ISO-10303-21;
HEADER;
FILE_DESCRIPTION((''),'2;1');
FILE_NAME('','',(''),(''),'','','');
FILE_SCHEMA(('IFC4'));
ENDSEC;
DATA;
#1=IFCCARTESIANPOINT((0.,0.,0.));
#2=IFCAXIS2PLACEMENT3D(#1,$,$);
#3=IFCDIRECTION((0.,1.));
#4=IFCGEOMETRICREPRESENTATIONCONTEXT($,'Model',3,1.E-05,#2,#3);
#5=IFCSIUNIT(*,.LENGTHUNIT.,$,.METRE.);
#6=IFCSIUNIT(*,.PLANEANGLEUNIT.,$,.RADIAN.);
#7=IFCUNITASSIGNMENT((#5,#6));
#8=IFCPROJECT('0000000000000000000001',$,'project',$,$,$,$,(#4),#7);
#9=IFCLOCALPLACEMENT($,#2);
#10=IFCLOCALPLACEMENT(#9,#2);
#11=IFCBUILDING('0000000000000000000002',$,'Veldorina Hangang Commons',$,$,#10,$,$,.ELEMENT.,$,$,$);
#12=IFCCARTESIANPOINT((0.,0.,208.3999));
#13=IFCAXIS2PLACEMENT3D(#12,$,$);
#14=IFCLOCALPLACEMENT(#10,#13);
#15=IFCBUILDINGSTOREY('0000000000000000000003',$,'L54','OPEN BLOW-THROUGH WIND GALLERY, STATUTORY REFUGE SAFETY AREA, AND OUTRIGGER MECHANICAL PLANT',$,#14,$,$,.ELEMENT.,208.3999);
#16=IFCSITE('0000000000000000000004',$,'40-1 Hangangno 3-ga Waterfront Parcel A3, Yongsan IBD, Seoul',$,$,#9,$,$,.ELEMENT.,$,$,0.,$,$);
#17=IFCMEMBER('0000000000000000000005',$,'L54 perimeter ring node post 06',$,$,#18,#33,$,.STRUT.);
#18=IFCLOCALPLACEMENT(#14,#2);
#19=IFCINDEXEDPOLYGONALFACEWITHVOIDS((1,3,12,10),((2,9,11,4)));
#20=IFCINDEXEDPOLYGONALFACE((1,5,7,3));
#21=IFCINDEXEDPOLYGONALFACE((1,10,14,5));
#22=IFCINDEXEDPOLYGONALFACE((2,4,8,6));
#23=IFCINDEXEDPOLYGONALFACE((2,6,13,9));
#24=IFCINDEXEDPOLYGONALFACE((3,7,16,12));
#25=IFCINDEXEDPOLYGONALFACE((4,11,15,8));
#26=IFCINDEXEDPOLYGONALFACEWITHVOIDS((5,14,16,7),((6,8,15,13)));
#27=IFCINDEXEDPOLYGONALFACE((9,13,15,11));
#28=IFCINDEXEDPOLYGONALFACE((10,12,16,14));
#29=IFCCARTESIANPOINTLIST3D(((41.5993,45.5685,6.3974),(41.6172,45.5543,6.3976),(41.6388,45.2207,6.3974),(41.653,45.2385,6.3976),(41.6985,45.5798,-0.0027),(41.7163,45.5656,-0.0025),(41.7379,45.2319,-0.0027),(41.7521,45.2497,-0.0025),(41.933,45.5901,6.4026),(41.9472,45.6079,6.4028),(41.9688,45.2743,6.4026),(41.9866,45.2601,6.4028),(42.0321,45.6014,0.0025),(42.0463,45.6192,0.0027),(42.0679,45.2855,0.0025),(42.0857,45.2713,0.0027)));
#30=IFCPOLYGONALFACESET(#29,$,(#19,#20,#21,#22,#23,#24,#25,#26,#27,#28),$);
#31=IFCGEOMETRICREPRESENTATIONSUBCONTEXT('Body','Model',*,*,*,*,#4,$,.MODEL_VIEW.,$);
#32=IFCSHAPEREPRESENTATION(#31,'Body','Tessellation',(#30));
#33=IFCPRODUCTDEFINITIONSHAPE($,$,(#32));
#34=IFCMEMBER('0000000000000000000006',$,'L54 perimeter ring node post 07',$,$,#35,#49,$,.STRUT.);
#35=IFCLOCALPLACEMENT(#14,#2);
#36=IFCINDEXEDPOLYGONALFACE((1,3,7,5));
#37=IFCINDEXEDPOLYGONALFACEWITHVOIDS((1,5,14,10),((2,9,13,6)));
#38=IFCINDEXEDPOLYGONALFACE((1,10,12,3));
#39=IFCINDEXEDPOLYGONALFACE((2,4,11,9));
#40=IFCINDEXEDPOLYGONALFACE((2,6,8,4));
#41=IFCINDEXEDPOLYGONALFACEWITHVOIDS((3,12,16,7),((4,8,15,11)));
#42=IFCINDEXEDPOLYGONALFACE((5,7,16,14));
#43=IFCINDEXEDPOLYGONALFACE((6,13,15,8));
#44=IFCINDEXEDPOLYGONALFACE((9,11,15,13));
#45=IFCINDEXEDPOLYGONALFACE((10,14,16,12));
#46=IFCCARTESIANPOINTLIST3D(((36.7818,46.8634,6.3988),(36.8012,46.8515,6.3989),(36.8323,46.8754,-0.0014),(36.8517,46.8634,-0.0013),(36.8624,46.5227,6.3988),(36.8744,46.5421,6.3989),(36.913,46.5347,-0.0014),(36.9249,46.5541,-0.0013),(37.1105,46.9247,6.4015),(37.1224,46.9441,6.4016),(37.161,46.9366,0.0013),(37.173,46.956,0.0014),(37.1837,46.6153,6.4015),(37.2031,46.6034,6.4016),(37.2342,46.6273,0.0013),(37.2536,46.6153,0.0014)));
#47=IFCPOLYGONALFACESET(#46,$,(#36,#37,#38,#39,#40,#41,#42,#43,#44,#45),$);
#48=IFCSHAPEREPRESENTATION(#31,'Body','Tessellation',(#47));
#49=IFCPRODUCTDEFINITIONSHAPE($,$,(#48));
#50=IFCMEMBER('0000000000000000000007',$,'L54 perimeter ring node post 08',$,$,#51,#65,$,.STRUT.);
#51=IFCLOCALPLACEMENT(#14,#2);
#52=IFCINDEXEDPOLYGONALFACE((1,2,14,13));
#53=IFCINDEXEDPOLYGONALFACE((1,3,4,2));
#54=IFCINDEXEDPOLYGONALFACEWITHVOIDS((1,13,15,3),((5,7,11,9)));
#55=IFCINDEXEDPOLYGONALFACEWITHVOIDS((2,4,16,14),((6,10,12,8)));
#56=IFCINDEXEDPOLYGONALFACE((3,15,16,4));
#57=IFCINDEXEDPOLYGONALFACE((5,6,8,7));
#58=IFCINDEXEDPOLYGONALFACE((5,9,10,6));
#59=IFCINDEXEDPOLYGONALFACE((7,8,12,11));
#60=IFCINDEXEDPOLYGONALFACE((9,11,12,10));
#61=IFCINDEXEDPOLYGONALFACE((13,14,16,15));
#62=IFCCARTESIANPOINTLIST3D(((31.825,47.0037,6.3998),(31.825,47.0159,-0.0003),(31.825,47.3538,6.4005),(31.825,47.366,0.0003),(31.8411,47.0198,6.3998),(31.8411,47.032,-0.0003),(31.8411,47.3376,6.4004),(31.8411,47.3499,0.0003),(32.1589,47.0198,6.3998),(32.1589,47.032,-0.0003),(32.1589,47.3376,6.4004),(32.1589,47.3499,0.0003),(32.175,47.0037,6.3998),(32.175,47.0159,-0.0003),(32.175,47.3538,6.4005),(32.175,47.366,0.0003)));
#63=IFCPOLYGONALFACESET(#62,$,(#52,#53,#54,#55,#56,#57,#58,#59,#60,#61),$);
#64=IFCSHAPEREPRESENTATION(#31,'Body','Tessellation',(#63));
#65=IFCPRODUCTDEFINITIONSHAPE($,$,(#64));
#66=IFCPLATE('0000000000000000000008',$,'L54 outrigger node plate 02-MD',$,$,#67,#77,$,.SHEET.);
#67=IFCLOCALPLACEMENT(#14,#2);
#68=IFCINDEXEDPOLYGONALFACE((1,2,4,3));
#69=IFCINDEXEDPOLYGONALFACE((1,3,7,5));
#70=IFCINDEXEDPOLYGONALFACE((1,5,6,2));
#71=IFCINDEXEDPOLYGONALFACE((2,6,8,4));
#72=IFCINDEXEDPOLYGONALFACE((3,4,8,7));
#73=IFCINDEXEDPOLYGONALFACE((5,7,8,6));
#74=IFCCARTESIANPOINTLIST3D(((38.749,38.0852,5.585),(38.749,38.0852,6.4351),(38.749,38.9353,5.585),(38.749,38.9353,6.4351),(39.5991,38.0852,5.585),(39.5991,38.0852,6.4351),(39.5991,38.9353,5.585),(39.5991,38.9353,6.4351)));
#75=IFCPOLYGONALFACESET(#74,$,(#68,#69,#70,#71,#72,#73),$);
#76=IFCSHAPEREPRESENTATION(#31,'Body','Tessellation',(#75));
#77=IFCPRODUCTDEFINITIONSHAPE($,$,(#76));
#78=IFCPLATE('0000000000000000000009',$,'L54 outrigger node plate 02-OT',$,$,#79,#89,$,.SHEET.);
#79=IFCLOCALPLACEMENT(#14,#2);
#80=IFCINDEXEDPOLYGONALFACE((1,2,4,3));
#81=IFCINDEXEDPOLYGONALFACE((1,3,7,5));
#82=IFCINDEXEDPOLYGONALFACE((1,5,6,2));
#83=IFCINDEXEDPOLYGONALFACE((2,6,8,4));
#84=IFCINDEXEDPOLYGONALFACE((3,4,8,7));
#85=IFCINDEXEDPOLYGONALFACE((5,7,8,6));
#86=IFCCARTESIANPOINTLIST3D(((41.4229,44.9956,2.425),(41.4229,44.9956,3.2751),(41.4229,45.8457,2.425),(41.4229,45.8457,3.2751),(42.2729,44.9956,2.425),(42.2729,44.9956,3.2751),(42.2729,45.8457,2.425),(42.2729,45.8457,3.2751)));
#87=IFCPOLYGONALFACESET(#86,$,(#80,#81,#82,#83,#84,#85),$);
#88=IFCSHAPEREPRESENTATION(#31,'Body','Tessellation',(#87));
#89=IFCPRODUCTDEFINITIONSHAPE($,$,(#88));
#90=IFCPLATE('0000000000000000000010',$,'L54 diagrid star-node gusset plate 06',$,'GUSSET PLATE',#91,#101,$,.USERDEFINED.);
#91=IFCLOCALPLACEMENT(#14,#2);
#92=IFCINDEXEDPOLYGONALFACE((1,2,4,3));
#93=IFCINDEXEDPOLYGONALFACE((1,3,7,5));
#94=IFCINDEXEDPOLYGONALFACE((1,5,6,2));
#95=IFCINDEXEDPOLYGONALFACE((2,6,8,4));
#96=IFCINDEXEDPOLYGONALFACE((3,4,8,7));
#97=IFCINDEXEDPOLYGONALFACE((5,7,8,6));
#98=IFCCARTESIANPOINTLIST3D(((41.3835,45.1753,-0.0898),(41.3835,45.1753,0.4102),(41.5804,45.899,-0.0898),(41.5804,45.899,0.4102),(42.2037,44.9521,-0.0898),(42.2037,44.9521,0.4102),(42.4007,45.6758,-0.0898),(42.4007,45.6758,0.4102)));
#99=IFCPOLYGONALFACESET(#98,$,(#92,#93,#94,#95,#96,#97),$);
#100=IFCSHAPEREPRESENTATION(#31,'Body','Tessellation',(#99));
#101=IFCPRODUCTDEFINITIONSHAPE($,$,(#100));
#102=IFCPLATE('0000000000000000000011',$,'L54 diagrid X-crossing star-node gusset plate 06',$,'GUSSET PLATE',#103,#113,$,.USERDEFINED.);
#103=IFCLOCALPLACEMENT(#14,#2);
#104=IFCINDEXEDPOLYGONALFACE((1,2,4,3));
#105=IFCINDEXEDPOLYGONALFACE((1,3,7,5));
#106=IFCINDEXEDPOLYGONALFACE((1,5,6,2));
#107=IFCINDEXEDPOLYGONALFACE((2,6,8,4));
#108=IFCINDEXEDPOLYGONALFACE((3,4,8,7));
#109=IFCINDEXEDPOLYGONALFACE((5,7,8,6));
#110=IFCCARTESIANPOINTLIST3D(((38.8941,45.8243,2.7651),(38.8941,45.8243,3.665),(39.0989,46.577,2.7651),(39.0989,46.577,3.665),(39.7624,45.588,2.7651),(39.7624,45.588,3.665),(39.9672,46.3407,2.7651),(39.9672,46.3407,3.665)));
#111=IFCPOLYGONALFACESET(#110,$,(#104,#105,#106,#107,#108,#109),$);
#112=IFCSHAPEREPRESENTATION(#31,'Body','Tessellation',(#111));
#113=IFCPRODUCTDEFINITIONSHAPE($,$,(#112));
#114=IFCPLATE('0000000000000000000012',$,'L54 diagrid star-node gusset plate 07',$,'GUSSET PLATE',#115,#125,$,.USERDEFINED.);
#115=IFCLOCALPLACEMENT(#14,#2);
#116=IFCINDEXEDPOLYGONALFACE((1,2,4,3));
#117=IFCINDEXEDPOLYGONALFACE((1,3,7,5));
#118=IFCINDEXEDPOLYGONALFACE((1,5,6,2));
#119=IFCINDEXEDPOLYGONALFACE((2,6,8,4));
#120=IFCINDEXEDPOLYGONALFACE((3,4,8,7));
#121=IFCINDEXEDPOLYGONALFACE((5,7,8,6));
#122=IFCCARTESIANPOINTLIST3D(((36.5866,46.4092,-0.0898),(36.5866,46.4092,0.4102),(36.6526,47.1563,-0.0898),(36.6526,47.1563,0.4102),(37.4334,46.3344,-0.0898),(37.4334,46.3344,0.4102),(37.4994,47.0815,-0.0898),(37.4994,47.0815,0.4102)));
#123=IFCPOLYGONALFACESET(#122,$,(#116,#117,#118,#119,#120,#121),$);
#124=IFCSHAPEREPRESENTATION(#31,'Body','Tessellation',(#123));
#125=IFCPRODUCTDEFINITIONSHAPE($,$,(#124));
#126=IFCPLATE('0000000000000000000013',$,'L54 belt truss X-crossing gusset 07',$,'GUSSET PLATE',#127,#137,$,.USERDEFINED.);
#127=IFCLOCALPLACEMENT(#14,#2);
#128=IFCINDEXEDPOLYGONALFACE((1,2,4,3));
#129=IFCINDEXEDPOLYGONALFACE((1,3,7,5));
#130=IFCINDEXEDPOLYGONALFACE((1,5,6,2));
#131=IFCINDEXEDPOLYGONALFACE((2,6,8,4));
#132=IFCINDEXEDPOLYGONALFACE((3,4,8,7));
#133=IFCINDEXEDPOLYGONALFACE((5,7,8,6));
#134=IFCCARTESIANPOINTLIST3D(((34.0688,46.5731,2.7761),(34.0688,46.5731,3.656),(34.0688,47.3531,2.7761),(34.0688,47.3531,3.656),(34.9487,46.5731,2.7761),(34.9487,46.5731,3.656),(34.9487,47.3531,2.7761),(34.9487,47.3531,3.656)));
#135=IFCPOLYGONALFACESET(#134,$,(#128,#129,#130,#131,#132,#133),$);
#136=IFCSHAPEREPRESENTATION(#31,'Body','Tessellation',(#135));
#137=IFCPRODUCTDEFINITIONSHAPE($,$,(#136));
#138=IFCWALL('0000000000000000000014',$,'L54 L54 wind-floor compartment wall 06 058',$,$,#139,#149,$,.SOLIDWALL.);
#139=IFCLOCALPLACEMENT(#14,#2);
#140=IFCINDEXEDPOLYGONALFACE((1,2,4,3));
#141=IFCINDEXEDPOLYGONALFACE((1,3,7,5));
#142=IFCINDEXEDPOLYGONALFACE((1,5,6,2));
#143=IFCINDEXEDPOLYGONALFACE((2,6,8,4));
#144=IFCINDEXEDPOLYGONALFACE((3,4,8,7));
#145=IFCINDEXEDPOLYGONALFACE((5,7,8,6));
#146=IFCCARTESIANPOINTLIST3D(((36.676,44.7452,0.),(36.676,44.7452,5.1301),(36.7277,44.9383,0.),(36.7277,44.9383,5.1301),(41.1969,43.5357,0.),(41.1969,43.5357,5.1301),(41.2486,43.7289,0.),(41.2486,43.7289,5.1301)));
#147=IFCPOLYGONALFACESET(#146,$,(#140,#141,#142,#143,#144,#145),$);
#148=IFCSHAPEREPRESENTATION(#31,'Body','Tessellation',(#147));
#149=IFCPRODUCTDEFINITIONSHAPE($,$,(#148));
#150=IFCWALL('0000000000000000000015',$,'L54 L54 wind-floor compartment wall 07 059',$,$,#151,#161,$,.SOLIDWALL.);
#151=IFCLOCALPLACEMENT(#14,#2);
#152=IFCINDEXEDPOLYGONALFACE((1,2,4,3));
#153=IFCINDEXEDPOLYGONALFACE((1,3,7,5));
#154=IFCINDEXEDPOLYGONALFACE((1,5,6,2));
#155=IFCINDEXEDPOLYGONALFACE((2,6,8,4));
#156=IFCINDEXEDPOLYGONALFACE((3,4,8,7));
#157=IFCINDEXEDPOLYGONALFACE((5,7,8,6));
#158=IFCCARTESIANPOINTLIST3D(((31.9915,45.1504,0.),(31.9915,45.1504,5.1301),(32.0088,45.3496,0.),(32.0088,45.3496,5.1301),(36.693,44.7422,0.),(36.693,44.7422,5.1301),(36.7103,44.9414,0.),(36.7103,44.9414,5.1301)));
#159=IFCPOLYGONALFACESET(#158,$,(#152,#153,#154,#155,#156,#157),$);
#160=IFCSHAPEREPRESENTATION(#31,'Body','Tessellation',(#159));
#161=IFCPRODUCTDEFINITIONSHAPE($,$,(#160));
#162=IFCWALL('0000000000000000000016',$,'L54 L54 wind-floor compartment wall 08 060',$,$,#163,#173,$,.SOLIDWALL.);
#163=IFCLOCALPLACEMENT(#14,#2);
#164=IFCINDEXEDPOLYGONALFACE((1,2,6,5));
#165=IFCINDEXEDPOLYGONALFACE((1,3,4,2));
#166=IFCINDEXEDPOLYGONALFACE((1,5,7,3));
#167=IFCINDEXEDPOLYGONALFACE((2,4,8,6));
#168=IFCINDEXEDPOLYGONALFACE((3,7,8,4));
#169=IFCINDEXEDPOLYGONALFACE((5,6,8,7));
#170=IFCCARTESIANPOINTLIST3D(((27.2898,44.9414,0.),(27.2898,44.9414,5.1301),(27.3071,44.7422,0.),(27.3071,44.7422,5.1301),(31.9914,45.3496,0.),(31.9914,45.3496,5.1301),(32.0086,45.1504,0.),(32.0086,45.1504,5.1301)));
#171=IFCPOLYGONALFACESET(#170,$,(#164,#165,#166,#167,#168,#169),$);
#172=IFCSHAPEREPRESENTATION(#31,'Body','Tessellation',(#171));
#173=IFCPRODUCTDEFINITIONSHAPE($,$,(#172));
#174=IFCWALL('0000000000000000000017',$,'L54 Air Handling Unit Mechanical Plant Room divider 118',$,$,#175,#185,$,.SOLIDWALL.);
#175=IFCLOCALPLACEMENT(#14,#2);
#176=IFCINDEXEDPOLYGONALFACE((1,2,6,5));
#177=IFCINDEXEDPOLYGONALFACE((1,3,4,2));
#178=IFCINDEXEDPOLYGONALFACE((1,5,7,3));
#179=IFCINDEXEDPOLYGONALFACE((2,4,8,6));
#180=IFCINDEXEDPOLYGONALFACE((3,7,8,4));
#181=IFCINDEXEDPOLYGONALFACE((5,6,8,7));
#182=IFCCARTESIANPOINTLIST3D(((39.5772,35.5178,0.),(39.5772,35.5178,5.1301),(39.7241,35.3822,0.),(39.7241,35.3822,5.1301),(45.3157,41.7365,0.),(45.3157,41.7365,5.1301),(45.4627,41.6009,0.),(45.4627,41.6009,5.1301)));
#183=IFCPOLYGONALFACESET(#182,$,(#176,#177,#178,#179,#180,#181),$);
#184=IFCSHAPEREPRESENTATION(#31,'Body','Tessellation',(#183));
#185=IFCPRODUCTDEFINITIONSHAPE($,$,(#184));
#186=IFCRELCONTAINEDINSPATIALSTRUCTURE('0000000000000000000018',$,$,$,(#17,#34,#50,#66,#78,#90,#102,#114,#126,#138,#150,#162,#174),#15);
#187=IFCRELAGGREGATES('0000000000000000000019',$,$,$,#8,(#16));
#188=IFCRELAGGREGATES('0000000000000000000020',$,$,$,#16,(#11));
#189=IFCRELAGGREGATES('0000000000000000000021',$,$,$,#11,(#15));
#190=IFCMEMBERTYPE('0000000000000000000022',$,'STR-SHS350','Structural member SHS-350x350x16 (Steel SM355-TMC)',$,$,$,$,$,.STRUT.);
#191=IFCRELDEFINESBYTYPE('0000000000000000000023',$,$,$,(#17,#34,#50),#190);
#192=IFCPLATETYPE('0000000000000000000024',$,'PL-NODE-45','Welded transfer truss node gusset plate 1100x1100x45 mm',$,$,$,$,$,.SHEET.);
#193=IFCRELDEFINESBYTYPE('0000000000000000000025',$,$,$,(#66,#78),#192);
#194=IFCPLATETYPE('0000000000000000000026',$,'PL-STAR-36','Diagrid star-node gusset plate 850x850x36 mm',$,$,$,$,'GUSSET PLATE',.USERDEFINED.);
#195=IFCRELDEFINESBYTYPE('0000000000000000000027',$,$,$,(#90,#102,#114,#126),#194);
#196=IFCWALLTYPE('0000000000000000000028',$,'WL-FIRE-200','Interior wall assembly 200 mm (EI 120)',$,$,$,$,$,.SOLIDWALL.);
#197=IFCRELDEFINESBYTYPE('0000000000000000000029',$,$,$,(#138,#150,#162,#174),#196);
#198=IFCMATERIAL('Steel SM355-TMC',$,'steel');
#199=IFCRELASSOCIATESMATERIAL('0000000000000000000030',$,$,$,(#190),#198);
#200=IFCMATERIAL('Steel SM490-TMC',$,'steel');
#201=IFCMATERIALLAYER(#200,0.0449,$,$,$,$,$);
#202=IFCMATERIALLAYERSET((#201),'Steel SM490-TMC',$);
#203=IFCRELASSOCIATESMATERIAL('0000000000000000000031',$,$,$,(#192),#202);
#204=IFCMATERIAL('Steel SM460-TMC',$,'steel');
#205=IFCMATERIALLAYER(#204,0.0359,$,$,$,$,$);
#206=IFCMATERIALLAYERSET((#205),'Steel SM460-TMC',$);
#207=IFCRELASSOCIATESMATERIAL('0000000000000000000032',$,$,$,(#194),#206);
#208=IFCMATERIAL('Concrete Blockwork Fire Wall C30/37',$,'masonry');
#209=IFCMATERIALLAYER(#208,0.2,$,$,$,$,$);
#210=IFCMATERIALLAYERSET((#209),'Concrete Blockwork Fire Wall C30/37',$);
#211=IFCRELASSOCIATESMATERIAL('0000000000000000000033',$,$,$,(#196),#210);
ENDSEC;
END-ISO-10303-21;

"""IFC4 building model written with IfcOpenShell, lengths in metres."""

from ifc_helpers import new_model, si_unit, direction, frame, frame_2d, origin, origin_2d, place, context, subcontext, project, spatial, rectangle, hollow_rectangle, extrude, material, layer, layer_set, material_profile, profile_set, type_object, element, save


model = new_model("IFC4")

# Units and contexts
model_context = context("Model", 3, precision=1e-05, world=origin(), true_north=direction((0.0, 1.0)))
body_context = subcontext(model_context, "Body", "Model", "MODEL_VIEW")
ifc_project = project(units=[si_unit("LENGTHUNIT", "METRE"), si_unit("PLANEANGLEUNIT", "RADIAN")], contexts=[model_context])

# Site, building, storey
site_placement = place(None, origin())
site = spatial("IfcSite", under=ifc_project, at=site_placement, Name="40-1 Hangangno 3-ga Waterfront Parcel A3, Yongsan IBD, Seoul", CompositionType="ELEMENT", RefElevation=0.0)
building_placement = place(site_placement, origin())
building = spatial("IfcBuilding", under=site, at=building_placement, Name="Veldorina Hangang Commons", CompositionType="ELEMENT")
storey_placement = place(building_placement, frame((0.0, 0.0, 208.3999)))
storey = spatial("IfcBuildingStorey", under=building, at=storey_placement, Name="L54", Description="OPEN BLOW-THROUGH WIND GALLERY, STATUTORY REFUGE SAFETY AREA, AND OUTRIGGER MECHANICAL PLANT", CompositionType="ELEMENT", Elevation=208.3999)

# Shared definitions
ifc_material_1 = material(Name="Steel SM460-TMC", Category="steel")
ifc_material_2 = material(Name="Steel SM355-TMC", Category="steel")

# Members
ifc_material_profile_1 = material_profile(ifc_material_2, hollow_rectangle(XDim=0.3501, YDim=0.3501, WallThickness=0.0161, at=origin_2d()), Name="SHS-350x350x16")
ifc_profile_set_1 = profile_set([ifc_material_profile_1], Name="Steel SM355-TMC")
member_type_1 = type_object("IfcMemberType", Name="STR-SHS350", Description="Structural member SHS-350x350x16 (Steel SM355-TMC)", PredefinedType="STRUT", material=ifc_profile_set_1)
member_1_placement = place(storey_placement, frame((41.8921, 45.4255, 0.0), z_axis=(-0.015485, -0.001755, 0.999879), x_axis=(0.11258, -0.993643, 0.0)))
element("IfcMember", 1, at=member_1_placement, inside=storey, type_object=member_type_1, Name="L54 perimeter ring node post 06", PredefinedType="STRUT", context=body_context, shape_type="SweptSolid", body=[
    extrude(hollow_rectangle(XDim=0.3501, YDim=0.3501, WallThickness=0.0161, at=origin_2d()), origin(), (0.0, 0.0, 1.0), 6.4009),
])
member_2_placement = place(storey_placement, frame((37.043, 46.7454, 0.0), z_axis=(-0.007896, -0.001869, 0.999967), x_axis=(0.230349, -0.973108, 0.0)))
element("IfcMember", 2, at=member_2_placement, inside=storey, type_object=member_type_1, Name="L54 perimeter ring node post 07", PredefinedType="STRUT", context=body_context, shape_type="SweptSolid", body=[
    extrude(hollow_rectangle(XDim=0.3501, YDim=0.3501, WallThickness=0.0161, at=origin_2d()), origin(), (0.0, 0.0, 1.0), 6.4004),
])
member_3_placement = place(storey_placement, frame((32.0, 47.1909, 0.0), z_axis=(0.0, -0.001907, 0.999998), x_axis=(1.0, 0.0, 0.0)))
element("IfcMember", 3, at=member_3_placement, inside=storey, type_object=member_type_1, Name="L54 perimeter ring node post 08", PredefinedType="STRUT", context=body_context, shape_type="SweptSolid", body=[
    extrude(hollow_rectangle(XDim=0.3501, YDim=0.3501, WallThickness=0.0161, at=origin_2d()), origin(), (0.0, 0.0, 1.0), 6.4001),
])

# Plates
ifc_material_3 = material(Name="Steel SM490-TMC", Category="steel")
ifc_layer_1 = layer(ifc_material_3, 0.0449)
ifc_layer_set_1 = layer_set([ifc_layer_1], Name="Steel SM490-TMC")
plate_type_1 = type_object("IfcPlateType", Name="PL-NODE-45", Description="Welded transfer truss node gusset plate 1100x1100x45 mm", PredefinedType="SHEET", material=ifc_layer_set_1)
for number, where, z_axis, x_axis, name in (
    (4, (39.1741, 38.5103, 5.585), (0.0, 0.0, 1.0), (1.0, 0.0, 0.0), "L54 outrigger node plate 02-MD"),
    (5, (41.8479, 45.4207, 2.425), (0.0, 0.0, 1.0), (1.0, 0.0, 0.0), "L54 outrigger node plate 02-OT"),
):
    element("IfcPlate", number, at=place(storey_placement, frame(where, z_axis=z_axis, x_axis=x_axis)), inside=storey, type_object=plate_type_1, Name=name, PredefinedType="SHEET", context=body_context, shape_type="SweptSolid", body=[
        extrude(rectangle(XDim=0.8501, YDim=0.8501, at=origin_2d()), origin(), (0.0, 0.0, 1.0), 0.8501),
    ])
ifc_layer_2 = layer(ifc_material_1, 0.0359)
ifc_layer_set_2 = layer_set([ifc_layer_2], Name="Steel SM460-TMC")
plate_type_2 = type_object("IfcPlateType", Name="PL-STAR-36", Description="Diagrid star-node gusset plate 850x850x36 mm", ElementType="GUSSET PLATE", PredefinedType="USERDEFINED", material=ifc_layer_set_2)
plate_1_placement = place(storey_placement, frame((41.8921, 45.4255, -0.0898), z_axis=(0.0, 0.0, 1.0), x_axis=(-0.964907, 0.262593, 0.0)))
element("IfcPlate", 6, at=plate_1_placement, inside=storey, type_object=plate_type_2, Name="L54 diagrid star-node gusset plate 06", ObjectType="GUSSET PLATE", PredefinedType="USERDEFINED", context=body_context, shape_type="SweptSolid", body=[
    extrude(rectangle(XDim=0.8501, YDim=0.75, at=origin_2d()), origin(), (0.0, 0.0, 1.0), 0.5),
])
plate_2_placement = place(storey_placement, frame((39.4307, 46.0825, 2.7651), z_axis=(0.0, 0.0, 1.0), x_axis=(-0.964907, 0.262593, 0.0)))
element("IfcPlate", 7, at=plate_2_placement, inside=storey, type_object=plate_type_2, Name="L54 diagrid X-crossing star-node gusset plate 06", ObjectType="GUSSET PLATE", PredefinedType="USERDEFINED", context=body_context, shape_type="SweptSolid", body=[
    extrude(rectangle(XDim=0.8999, YDim=0.78, at=origin_2d()), origin(), (0.0, 0.0, 1.0), 0.8999),
])
plate_3_placement = place(storey_placement, frame((37.043, 46.7454, -0.0898), z_axis=(0.0, 0.0, 1.0), x_axis=(-0.996118, 0.088025, 0.0)))
element("IfcPlate", 8, at=plate_3_placement, inside=storey, type_object=plate_type_2, Name="L54 diagrid star-node gusset plate 07", ObjectType="GUSSET PLATE", PredefinedType="USERDEFINED", context=body_context, shape_type="SweptSolid", body=[
    extrude(rectangle(XDim=0.8501, YDim=0.75, at=origin_2d()), origin(), (0.0, 0.0, 1.0), 0.5),
])
plate_4_placement = place(storey_placement, frame((34.5088, 46.9631, 2.7761), z_axis=(0.0, 0.0, 1.0), x_axis=(1.0, 0.0, 0.0)))
element("IfcPlate", 9, at=plate_4_placement, inside=storey, type_object=plate_type_2, Name="L54 belt truss X-crossing gusset 07", ObjectType="GUSSET PLATE", PredefinedType="USERDEFINED", context=body_context, shape_type="SweptSolid", body=[
    extrude(rectangle(XDim=0.8799, YDim=0.78, at=origin_2d()), origin(), (0.0, 0.0, 1.0), 0.8799),
])

# Walls
ifc_material_4 = material(Name="Concrete Blockwork Fire Wall C30/37", Category="masonry")
ifc_layer_3 = layer(ifc_material_4, 0.2)
ifc_layer_set_3 = layer_set([ifc_layer_3], Name="Concrete Blockwork Fire Wall C30/37")
wall_type = type_object("IfcWallType", Name="WL-FIRE-200", Description="Interior wall assembly 200 mm (EI 120)", PredefinedType="SOLIDWALL", material=ifc_layer_set_3)
wall_1_placement = place(storey_placement, frame((41.2227, 43.6323, 0.0), z_axis=(0.0, 0.0, 1.0), x_axis=(-0.966029, 0.258435, 0.0)))
element("IfcWall", 10, at=wall_1_placement, inside=storey, type_object=wall_type, Name="L54 L54 wind-floor compartment wall 06 058", PredefinedType="SOLIDWALL", context=body_context, shape_type="SweptSolid", body=[
    extrude(rectangle(XDim=4.6799, YDim=0.2, at=frame_2d((2.3398, 0.0))), origin(), (0.0, 0.0, 1.0), 5.1301),
])
for number, where, z_axis, x_axis, name in (
    (11, (36.7017, 44.8418, 0.0), (0.0, 0.0, 1.0), (-0.996252, 0.086496, 0.0), "L54 L54 wind-floor compartment wall 07 059"),
    (12, (32.0, 45.25, 0.0), (0.0, 0.0, 1.0), (-0.996252, -0.086496, 0.0), "L54 L54 wind-floor compartment wall 08 060"),
):
    element("IfcWall", number, at=place(storey_placement, frame(where, z_axis=z_axis, x_axis=x_axis)), inside=storey, type_object=wall_type, Name=name, PredefinedType="SOLIDWALL", context=body_context, shape_type="SweptSolid", body=[
        extrude(rectangle(XDim=4.7192, YDim=0.2, at=frame_2d((2.3596, 0.0))), origin(), (0.0, 0.0, 1.0), 5.1301),
    ])
wall_2_placement = place(storey_placement, frame((39.6506, 35.45, 0.0), z_axis=(0.0, 0.0, 1.0), x_axis=(0.678161, 0.734913, 0.0)))
element("IfcWall", 13, at=wall_2_placement, inside=storey, type_object=wall_type, Name="L54 Air Handling Unit Mechanical Plant Room divider 118", PredefinedType="SOLIDWALL", context=body_context, shape_type="SweptSolid", body=[
    extrude(rectangle(XDim=8.4619, YDim=0.2, at=frame_2d((4.231, 0.0))), origin(), (0.0, 0.0, 1.0), 5.1301),
])

save(model, "model.ifc")
